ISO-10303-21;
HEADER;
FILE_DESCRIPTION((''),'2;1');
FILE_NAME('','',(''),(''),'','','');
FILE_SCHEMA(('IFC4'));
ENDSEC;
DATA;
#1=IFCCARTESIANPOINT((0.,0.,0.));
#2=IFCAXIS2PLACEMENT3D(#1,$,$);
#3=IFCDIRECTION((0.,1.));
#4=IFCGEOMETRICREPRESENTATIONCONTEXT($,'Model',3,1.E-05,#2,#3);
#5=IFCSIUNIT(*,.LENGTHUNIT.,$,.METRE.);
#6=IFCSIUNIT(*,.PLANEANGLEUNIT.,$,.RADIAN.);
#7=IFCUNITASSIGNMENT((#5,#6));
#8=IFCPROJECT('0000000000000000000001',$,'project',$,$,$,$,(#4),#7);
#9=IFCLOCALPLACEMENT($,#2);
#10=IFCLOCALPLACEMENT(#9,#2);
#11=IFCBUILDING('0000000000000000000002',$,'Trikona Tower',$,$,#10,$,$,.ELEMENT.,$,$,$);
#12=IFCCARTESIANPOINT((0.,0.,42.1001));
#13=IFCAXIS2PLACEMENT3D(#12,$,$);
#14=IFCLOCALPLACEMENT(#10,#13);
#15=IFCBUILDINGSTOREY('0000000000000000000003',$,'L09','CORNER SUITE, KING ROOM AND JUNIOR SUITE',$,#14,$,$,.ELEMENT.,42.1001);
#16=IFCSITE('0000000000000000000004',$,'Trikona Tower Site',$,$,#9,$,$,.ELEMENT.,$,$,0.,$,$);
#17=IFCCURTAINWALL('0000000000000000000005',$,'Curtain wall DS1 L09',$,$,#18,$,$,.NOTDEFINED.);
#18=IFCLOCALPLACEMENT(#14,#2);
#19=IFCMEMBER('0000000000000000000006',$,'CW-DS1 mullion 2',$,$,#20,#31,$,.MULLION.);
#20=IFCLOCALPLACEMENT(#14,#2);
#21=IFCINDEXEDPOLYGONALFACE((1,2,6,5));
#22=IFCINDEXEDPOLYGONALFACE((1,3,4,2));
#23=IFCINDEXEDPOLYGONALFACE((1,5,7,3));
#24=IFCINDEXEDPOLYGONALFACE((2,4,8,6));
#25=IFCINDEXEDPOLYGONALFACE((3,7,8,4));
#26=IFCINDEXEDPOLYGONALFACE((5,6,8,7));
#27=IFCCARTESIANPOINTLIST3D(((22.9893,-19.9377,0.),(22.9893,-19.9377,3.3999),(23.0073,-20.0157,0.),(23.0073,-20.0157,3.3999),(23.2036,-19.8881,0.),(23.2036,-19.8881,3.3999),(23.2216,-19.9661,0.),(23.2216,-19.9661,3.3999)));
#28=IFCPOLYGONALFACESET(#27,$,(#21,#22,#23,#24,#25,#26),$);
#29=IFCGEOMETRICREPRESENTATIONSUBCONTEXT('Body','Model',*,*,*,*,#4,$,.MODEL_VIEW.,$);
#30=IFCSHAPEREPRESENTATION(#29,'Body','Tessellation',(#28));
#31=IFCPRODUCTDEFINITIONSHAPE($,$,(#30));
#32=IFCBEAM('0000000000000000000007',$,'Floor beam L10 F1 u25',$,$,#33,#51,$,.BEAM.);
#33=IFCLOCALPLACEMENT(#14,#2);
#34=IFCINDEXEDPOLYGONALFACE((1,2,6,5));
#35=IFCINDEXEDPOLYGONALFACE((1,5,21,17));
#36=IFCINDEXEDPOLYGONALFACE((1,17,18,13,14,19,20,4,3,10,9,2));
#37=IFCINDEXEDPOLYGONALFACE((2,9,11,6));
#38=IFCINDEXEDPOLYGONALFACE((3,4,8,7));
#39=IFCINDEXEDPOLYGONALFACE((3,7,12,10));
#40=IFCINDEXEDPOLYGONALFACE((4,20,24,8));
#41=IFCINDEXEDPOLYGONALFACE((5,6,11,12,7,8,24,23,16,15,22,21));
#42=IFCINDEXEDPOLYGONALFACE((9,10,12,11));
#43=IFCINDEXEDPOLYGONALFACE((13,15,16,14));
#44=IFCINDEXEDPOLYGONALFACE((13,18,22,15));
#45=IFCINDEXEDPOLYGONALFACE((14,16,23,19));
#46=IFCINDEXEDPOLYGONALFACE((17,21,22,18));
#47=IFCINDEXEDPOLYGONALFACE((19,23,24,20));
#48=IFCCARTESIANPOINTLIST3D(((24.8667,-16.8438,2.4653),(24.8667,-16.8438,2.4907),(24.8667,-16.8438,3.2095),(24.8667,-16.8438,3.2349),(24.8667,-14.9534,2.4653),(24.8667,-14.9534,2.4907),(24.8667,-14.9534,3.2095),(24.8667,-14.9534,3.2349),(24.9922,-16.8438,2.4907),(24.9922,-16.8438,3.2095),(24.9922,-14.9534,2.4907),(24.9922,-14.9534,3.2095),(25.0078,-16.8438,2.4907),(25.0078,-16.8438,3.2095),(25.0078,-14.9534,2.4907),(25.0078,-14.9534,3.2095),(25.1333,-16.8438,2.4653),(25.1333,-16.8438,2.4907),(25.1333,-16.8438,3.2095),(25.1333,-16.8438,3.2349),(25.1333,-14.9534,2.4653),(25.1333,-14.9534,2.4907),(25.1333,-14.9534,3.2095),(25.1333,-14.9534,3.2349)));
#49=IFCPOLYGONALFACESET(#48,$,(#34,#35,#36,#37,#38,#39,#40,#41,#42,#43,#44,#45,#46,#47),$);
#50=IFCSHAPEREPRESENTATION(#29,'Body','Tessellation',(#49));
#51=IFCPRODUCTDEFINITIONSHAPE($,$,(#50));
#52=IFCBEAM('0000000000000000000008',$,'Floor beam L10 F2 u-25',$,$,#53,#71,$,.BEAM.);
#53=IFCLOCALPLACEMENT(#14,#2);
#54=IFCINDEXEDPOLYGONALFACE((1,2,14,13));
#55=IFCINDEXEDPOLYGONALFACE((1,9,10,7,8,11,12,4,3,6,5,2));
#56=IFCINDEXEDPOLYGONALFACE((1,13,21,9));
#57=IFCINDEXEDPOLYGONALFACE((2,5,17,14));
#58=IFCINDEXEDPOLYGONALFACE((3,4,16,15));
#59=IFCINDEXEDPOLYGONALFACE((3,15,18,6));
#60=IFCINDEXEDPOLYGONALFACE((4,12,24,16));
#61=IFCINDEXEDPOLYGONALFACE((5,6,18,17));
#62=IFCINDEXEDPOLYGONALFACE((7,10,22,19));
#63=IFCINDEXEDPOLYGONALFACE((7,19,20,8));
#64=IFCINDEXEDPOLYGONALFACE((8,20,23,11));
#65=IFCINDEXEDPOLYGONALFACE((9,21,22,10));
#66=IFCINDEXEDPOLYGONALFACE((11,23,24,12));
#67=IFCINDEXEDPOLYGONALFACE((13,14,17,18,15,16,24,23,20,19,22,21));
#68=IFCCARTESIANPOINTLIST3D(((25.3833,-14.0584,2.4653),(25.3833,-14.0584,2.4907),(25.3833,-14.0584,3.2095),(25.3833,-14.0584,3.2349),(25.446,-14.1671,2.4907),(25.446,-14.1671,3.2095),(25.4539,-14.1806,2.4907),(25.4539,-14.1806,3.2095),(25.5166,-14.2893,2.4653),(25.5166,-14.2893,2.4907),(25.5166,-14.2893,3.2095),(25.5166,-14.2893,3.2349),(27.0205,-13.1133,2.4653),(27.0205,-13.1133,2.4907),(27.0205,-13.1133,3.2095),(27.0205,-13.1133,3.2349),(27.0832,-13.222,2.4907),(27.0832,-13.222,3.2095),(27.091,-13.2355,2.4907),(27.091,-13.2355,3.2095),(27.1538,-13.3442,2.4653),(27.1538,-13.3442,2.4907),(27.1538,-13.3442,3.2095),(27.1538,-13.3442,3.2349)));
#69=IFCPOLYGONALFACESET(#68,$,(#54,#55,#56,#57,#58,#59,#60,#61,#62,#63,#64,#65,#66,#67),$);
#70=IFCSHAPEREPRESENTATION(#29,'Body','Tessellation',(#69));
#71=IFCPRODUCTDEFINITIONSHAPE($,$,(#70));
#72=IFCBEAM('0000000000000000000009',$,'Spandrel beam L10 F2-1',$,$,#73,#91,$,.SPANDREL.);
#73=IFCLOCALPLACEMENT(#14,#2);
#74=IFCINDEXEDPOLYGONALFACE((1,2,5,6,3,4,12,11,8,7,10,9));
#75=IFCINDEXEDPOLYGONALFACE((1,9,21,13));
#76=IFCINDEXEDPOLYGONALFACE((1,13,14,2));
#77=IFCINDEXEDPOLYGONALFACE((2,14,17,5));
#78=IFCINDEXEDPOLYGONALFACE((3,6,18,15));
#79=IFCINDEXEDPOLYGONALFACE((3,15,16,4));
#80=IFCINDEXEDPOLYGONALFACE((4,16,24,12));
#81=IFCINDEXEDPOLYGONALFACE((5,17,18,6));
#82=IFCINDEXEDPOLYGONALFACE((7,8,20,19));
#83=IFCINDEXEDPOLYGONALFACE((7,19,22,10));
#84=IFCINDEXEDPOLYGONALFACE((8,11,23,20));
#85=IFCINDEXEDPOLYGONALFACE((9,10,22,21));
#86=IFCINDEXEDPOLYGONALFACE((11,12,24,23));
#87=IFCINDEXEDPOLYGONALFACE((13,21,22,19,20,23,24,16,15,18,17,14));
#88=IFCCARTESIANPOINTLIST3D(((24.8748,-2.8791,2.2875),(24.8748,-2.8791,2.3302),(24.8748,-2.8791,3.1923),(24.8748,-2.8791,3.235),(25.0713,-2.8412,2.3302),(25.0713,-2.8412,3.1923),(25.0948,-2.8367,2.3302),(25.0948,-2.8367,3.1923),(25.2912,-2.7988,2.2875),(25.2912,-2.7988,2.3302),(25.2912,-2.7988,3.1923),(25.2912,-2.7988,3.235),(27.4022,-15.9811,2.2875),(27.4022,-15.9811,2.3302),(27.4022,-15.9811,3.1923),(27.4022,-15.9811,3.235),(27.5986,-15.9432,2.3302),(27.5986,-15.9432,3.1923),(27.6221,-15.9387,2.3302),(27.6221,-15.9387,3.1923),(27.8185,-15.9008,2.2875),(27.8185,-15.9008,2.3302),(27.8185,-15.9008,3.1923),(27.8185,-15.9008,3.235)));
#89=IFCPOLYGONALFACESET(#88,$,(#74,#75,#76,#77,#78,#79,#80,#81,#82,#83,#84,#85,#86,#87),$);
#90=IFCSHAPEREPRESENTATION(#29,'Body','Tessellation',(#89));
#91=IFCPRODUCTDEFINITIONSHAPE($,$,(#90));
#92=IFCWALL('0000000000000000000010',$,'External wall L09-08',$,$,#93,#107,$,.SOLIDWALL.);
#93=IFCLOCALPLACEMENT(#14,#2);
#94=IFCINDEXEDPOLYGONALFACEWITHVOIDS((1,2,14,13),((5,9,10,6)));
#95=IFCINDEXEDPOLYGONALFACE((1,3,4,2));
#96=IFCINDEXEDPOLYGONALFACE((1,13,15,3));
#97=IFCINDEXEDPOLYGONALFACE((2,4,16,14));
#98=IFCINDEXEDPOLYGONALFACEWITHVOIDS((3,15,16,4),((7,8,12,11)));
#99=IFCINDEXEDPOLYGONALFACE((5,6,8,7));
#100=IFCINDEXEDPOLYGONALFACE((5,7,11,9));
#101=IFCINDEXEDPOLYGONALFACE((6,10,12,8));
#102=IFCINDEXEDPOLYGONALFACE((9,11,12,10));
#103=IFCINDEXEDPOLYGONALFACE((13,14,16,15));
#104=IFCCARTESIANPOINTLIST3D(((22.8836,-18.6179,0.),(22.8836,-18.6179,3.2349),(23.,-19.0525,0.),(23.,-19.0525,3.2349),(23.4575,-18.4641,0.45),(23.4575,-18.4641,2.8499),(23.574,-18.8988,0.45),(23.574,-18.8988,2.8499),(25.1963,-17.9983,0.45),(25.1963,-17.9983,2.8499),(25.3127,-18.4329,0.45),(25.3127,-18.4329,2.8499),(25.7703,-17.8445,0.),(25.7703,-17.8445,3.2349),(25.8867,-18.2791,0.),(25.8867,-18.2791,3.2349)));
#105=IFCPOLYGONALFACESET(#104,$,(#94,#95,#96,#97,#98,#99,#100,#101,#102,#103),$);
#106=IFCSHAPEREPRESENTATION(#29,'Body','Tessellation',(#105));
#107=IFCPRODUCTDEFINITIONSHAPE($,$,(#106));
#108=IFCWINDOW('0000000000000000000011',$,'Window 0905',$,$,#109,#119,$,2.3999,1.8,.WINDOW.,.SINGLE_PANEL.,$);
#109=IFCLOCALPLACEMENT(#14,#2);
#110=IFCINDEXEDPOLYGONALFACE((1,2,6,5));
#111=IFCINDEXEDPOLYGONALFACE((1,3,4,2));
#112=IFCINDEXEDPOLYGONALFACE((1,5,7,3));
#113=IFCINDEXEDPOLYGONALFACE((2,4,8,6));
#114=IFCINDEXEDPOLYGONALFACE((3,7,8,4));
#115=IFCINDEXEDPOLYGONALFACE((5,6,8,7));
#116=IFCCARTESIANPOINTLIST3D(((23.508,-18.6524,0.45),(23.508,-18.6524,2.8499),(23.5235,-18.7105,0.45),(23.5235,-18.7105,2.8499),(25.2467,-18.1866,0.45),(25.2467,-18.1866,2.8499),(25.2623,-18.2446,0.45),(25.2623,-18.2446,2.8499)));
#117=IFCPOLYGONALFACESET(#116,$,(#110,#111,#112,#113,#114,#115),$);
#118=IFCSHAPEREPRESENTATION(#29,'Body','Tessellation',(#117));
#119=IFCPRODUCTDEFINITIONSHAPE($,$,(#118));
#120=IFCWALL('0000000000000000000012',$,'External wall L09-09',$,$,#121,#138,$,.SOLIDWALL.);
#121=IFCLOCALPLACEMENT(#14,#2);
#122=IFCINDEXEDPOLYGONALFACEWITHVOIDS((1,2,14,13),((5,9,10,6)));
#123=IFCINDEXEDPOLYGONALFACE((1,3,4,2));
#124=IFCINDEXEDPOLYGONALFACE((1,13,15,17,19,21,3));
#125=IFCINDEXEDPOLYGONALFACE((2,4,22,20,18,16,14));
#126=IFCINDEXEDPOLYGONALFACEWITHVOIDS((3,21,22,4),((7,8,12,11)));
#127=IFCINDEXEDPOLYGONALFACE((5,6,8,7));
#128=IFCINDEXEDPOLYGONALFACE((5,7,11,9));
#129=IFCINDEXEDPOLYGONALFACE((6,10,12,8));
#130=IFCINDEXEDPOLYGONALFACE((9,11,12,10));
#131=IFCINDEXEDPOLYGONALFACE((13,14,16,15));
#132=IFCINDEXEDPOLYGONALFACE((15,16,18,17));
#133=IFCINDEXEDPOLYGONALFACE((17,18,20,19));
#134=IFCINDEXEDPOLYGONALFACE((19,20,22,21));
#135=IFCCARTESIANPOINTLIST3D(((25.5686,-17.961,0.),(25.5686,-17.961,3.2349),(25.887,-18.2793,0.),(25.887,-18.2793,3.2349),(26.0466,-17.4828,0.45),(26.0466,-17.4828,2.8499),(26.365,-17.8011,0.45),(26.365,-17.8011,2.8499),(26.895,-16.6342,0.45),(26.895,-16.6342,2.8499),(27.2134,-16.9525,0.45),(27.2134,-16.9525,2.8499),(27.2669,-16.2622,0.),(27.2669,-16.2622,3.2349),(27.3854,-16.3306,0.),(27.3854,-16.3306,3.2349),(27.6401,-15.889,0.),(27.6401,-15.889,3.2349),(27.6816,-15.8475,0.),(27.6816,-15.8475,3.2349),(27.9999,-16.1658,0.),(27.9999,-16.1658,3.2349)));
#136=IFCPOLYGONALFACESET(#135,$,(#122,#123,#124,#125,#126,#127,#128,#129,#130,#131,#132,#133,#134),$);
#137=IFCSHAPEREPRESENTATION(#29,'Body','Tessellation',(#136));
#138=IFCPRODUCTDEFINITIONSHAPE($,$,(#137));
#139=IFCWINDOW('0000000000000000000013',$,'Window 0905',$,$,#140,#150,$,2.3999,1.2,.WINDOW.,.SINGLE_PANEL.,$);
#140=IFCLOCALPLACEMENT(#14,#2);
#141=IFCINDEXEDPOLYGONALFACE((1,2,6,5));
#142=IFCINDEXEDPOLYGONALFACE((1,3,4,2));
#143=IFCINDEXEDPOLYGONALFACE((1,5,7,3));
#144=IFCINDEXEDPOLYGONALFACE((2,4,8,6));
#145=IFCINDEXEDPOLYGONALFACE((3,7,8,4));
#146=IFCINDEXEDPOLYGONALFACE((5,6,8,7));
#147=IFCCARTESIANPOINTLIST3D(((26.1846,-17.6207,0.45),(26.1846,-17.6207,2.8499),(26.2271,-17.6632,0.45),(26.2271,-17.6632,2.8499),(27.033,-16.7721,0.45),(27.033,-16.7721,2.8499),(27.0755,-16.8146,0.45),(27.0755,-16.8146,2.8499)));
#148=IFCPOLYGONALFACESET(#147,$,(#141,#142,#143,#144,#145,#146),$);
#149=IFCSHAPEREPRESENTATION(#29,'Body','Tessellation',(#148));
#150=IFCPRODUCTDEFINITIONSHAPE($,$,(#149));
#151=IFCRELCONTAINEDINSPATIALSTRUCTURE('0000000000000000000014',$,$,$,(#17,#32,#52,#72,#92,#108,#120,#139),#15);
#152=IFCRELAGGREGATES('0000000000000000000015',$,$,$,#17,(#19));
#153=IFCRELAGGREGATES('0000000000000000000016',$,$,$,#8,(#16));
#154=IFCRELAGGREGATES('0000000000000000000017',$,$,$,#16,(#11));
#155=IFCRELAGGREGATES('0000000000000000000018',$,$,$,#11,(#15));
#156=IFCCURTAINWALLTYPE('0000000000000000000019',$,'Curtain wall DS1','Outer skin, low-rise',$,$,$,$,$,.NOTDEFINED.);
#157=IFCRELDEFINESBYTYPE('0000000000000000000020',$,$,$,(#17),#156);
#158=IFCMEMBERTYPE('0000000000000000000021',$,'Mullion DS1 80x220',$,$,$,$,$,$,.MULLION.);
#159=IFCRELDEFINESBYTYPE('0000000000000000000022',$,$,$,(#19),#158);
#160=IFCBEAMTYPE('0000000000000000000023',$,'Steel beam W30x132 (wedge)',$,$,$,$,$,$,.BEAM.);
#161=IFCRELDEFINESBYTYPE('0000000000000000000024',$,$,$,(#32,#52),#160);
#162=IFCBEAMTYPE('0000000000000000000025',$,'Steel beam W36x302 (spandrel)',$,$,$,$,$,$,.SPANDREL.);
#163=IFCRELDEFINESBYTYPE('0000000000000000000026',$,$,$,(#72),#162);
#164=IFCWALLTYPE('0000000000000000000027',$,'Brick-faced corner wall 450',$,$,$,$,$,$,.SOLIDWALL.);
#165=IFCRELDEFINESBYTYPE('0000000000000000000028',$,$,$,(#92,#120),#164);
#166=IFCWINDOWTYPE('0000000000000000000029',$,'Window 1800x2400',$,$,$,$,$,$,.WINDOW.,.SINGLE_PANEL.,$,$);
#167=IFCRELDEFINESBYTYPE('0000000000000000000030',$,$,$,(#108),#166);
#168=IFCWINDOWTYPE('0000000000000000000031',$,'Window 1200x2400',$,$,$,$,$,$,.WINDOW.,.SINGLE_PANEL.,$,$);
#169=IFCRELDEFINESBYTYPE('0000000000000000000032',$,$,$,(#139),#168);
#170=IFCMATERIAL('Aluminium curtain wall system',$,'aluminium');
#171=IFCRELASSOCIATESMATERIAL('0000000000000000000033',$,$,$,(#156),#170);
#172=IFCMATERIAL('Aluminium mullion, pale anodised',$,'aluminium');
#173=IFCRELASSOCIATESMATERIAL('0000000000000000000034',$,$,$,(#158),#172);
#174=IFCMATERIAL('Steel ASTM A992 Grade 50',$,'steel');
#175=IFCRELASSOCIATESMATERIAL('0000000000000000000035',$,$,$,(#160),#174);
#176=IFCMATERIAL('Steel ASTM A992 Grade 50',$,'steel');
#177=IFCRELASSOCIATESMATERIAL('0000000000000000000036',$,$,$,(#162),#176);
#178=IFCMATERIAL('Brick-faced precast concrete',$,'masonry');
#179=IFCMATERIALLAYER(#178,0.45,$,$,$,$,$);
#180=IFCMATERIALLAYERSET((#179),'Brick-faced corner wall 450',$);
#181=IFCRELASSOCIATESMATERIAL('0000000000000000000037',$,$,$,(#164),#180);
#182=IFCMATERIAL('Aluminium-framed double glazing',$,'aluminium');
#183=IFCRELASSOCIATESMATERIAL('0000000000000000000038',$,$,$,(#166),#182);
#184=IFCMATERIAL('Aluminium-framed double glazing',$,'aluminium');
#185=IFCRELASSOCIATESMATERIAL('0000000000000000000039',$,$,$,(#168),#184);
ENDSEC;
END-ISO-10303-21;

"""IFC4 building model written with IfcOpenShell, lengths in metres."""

from ifc_helpers import new_model, si_unit, direction, frame, frame_2d, origin, origin_2d, place, context, subcontext, project, spatial, polyline, rectangle, i_section, outline, extrude, material, layer, layer_set, material_profile, profile_set, type_object, element, fill, aggregate, save


model = new_model("IFC4")

# Units and contexts
model_context = context("Model", 3, precision=1e-05, world=origin(), true_north=direction((0.0, 1.0)))
body_context = subcontext(model_context, "Body", "Model", "MODEL_VIEW")
ifc_project = project(units=[si_unit("LENGTHUNIT", "METRE"), si_unit("PLANEANGLEUNIT", "RADIAN")], contexts=[model_context])

# Site, building, storey
site_placement = place(None, origin())
site = spatial("IfcSite", under=ifc_project, at=site_placement, Name="Trikona Tower Site", CompositionType="ELEMENT", RefElevation=0.0)
building_placement = place(site_placement, origin())
building = spatial("IfcBuilding", under=site, at=building_placement, Name="Trikona Tower", CompositionType="ELEMENT")
storey_placement = place(building_placement, frame((0.0, 0.0, 42.1001)))
storey = spatial("IfcBuildingStorey", under=building, at=storey_placement, Name="L09", Description="CORNER SUITE, KING ROOM AND JUNIOR SUITE", CompositionType="ELEMENT", Elevation=42.1001)

# Curtain wall, member
ifc_material_1 = material(Name="Aluminium curtain wall system", Category="aluminium")
curtain_wall_type = type_object("IfcCurtainWallType", Name="Curtain wall DS1", Description="Outer skin, low-rise", PredefinedType="NOTDEFINED", material=ifc_material_1)
curtain_wall_placement = place(storey_placement, origin())
curtain_wall = element("IfcCurtainWall", 1, at=curtain_wall_placement, inside=storey, type_object=curtain_wall_type, Name="Curtain wall DS1 L09", PredefinedType="NOTDEFINED")
ifc_material_2 = material(Name="Aluminium mullion, pale anodised", Category="aluminium")
ifc_material_profile_1 = material_profile(ifc_material_2, rectangle(XDim=0.0801, YDim=0.22, at=origin_2d()), Name="MUL-DS1")
ifc_profile_set_1 = profile_set([ifc_material_profile_1], Name="Aluminium mullion, pale anodised")
member_type = type_object("IfcMemberType", Name="Mullion DS1 80x220", PredefinedType="MULLION", material=ifc_profile_set_1)
member_placement = place(storey_placement, frame((23.1055, -19.9519, 0.0), z_axis=(0.0, 0.0, 1.0), x_axis=(-0.225343, 0.974279, 0.0)))
member = element("IfcMember", 2, at=member_placement, type_object=member_type, Name="CW-DS1 mullion 2", PredefinedType="MULLION", context=body_context, shape_type="SweptSolid", body=[
    extrude(rectangle(XDim=0.0801, YDim=0.22, at=origin_2d()), origin(), (0.0, 0.0, 1.0), 3.3999),
])
aggregate(curtain_wall, [member])

# Beams
ifc_material_3 = material(Name="Steel ASTM A992 Grade 50", Category="steel")
ifc_material_profile_2 = material_profile(ifc_material_3, i_section(OverallWidth=0.2666, OverallDepth=0.7695, WebThickness=0.0156, FlangeThickness=0.0254, at=origin_2d()), Name="W30X132")
ifc_profile_set_2 = profile_set([ifc_material_profile_2], Name="Steel ASTM A992 Grade 50")
beam_type_1 = type_object("IfcBeamType", Name="Steel beam W30x132 (wedge)", PredefinedType="BEAM", material=ifc_profile_set_2)
for number, where, z_axis, x_axis, name in (
    (3, (25.0, -14.9534, 2.8501), (0.0, -1.0, 0.0), (1.0, 0.0, 0.0), "Floor beam L10 F1 u25"),
    (4, (25.45, -14.1738, 2.8501), (0.866065, 0.499931, 0.0), (-0.499931, 0.866065, 0.0), "Floor beam L10 F2 u-25"),
):
    element("IfcBeam", number, at=place(storey_placement, frame(where, z_axis=z_axis, x_axis=x_axis)), inside=storey, type_object=beam_type_1, Name=name, PredefinedType="BEAM", context=body_context, shape_type="SweptSolid", body=[
        extrude(i_section(OverallWidth=0.2666, OverallDepth=0.7695, WebThickness=0.0156, FlangeThickness=0.0254, at=origin_2d()), origin(), (0.0, 0.0, 1.0), 1.8904),
    ])
ifc_material_4 = material(Name="Steel ASTM A992 Grade 50", Category="steel")
ifc_material_profile_3 = material_profile(ifc_material_4, i_section(OverallWidth=0.4241, OverallDepth=0.9475, WebThickness=0.0239, FlangeThickness=0.0427, at=origin_2d()), Name="W36X302")
ifc_profile_set_3 = profile_set([ifc_material_profile_3], Name="Steel ASTM A992 Grade 50")
beam_type_2 = type_object("IfcBeamType", Name="Steel beam W36x302 (spandrel)", PredefinedType="SPANDREL", material=ifc_profile_set_3)
beam_placement = place(storey_placement, frame((27.6104, -15.9409, 2.7612), z_axis=(-0.189405, 0.981899, 0.0), x_axis=(-0.981899, -0.189405, 0.0)))
element("IfcBeam", 5, at=beam_placement, inside=storey, type_object=beam_type_2, Name="Spandrel beam L10 F2-1", PredefinedType="SPANDREL", context=body_context, shape_type="SweptSolid", body=[
    extrude(i_section(OverallWidth=0.4241, OverallDepth=0.9475, WebThickness=0.0239, FlangeThickness=0.0427, at=origin_2d()), origin(), (0.0, 0.0, 1.0), 13.3435),
])

# Walls, openings, windows
ifc_material_5 = material(Name="Brick-faced precast concrete", Category="masonry")
ifc_layer_1 = layer(ifc_material_5, 0.45)
ifc_layer_set_1 = layer_set([ifc_layer_1], Name="Brick-faced corner wall 450")
wall_type_1 = type_object("IfcWallType", Name="Brick-faced corner wall 450", PredefinedType="SOLIDWALL", material=ifc_layer_set_1)
wall_1_placement = place(storey_placement, frame((22.9419, -18.8352, 0.0), z_axis=(0.0, 0.0, 1.0), x_axis=(0.965931, 0.258801, 0.0)))
wall_1 = element("IfcWall", 6, at=wall_1_placement, inside=storey, type_object=wall_type_1, Name="External wall L09-08", PredefinedType="SOLIDWALL", context=body_context, shape_type="SweptSolid", body=[
    extrude(rectangle(XDim=2.9885, YDim=0.45, at=frame_2d((1.4941, 0.0))), origin(), (0.0, 0.0, 1.0), 3.2349),
])
opening_1_placement = place(wall_1_placement, frame((0.5942, 0.0, 0.45)))
opening_1 = element("IfcOpeningElement", 7, at=opening_1_placement, cuts=wall_1, PredefinedType="OPENING", context=body_context, shape_type="SweptSolid", body=[
    extrude(rectangle(XDim=1.8, YDim=2.3999, at=frame_2d((0.8999, 1.2))), frame((0.0, 0.2349, 0.0), z_axis=(0.0, -1.0, 0.0), x_axis=(1.0, 0.0, 0.0)), (0.0, 0.0, 1.0), 0.47),
])
ifc_material_6 = material(Name="Aluminium-framed double glazing", Category="aluminium")
window_type_1 = type_object("IfcWindowType", Name="Window 1800x2400", PartitioningType="SINGLE_PANEL", PredefinedType="WINDOW", material=ifc_material_6)
window_1_placement = place(opening_1_placement, origin())
window_1 = element("IfcWindow", 8, at=window_1_placement, inside=storey, type_object=window_type_1, Name="Window 0905", OverallHeight=2.3999, OverallWidth=1.8, PartitioningType="SINGLE_PANEL", PredefinedType="WINDOW", context=body_context, shape_type="SweptSolid", body=[
    extrude(rectangle(XDim=1.8, YDim=2.3999, at=frame_2d((0.8999, 1.2))), frame((0.0, 0.03, 0.0), z_axis=(0.0, -1.0, 0.0), x_axis=(1.0, 0.0, 0.0)), (0.0, 0.0, 1.0), 0.0601),
])
fill(opening_1, window_1)
wall_2_placement = place(storey_placement, frame((25.7278, -18.1201, 0.0), z_axis=(0.0, 0.0, 1.0), x_axis=(0.707025, 0.707188, 0.0)))
wall_2 = element("IfcWall", 9, at=wall_2_placement, inside=storey, type_object=wall_type_1, Name="External wall L09-09", PredefinedType="SOLIDWALL", context=body_context, shape_type="SweptSolid", body=[
    extrude(outline(polyline([(2.9885, 0.2251), (2.9299, 0.2251), (2.4375, 0.093), (2.4021, 0.2251), (0.0, 0.2251), (0.0, -0.2251), (2.9885, -0.2251), (2.9885, 0.2251)])), origin(), (0.0, 0.0, 1.0), 3.2349),
])
opening_2_placement = place(wall_2_placement, frame((0.676, 0.0, 0.45)))
opening_2 = element("IfcOpeningElement", 10, at=opening_2_placement, cuts=wall_2, PredefinedType="OPENING", context=body_context, shape_type="SweptSolid", body=[
    extrude(rectangle(XDim=1.2, YDim=2.3999, at=frame_2d((0.6001, 1.2))), frame((0.0, 0.2349, 0.0), z_axis=(0.0, -1.0, 0.0), x_axis=(1.0, 0.0, 0.0)), (0.0, 0.0, 1.0), 0.47),
])
ifc_material_7 = material(Name="Aluminium-framed double glazing", Category="aluminium")
window_type_2 = type_object("IfcWindowType", Name="Window 1200x2400", PartitioningType="SINGLE_PANEL", PredefinedType="WINDOW", material=ifc_material_7)
window_2_placement = place(opening_2_placement, origin())
window_2 = element("IfcWindow", 11, at=window_2_placement, inside=storey, type_object=window_type_2, Name="Window 0905", OverallHeight=2.3999, OverallWidth=1.2, PartitioningType="SINGLE_PANEL", PredefinedType="WINDOW", context=body_context, shape_type="SweptSolid", body=[
    extrude(rectangle(XDim=1.2, YDim=2.3999, at=frame_2d((0.6001, 1.2))), frame((0.0, 0.03, 0.0), z_axis=(0.0, -1.0, 0.0), x_axis=(1.0, 0.0, 0.0)), (0.0, 0.0, 1.0), 0.0601),
])
fill(opening_2, window_2)

save(model, "model.ifc")
